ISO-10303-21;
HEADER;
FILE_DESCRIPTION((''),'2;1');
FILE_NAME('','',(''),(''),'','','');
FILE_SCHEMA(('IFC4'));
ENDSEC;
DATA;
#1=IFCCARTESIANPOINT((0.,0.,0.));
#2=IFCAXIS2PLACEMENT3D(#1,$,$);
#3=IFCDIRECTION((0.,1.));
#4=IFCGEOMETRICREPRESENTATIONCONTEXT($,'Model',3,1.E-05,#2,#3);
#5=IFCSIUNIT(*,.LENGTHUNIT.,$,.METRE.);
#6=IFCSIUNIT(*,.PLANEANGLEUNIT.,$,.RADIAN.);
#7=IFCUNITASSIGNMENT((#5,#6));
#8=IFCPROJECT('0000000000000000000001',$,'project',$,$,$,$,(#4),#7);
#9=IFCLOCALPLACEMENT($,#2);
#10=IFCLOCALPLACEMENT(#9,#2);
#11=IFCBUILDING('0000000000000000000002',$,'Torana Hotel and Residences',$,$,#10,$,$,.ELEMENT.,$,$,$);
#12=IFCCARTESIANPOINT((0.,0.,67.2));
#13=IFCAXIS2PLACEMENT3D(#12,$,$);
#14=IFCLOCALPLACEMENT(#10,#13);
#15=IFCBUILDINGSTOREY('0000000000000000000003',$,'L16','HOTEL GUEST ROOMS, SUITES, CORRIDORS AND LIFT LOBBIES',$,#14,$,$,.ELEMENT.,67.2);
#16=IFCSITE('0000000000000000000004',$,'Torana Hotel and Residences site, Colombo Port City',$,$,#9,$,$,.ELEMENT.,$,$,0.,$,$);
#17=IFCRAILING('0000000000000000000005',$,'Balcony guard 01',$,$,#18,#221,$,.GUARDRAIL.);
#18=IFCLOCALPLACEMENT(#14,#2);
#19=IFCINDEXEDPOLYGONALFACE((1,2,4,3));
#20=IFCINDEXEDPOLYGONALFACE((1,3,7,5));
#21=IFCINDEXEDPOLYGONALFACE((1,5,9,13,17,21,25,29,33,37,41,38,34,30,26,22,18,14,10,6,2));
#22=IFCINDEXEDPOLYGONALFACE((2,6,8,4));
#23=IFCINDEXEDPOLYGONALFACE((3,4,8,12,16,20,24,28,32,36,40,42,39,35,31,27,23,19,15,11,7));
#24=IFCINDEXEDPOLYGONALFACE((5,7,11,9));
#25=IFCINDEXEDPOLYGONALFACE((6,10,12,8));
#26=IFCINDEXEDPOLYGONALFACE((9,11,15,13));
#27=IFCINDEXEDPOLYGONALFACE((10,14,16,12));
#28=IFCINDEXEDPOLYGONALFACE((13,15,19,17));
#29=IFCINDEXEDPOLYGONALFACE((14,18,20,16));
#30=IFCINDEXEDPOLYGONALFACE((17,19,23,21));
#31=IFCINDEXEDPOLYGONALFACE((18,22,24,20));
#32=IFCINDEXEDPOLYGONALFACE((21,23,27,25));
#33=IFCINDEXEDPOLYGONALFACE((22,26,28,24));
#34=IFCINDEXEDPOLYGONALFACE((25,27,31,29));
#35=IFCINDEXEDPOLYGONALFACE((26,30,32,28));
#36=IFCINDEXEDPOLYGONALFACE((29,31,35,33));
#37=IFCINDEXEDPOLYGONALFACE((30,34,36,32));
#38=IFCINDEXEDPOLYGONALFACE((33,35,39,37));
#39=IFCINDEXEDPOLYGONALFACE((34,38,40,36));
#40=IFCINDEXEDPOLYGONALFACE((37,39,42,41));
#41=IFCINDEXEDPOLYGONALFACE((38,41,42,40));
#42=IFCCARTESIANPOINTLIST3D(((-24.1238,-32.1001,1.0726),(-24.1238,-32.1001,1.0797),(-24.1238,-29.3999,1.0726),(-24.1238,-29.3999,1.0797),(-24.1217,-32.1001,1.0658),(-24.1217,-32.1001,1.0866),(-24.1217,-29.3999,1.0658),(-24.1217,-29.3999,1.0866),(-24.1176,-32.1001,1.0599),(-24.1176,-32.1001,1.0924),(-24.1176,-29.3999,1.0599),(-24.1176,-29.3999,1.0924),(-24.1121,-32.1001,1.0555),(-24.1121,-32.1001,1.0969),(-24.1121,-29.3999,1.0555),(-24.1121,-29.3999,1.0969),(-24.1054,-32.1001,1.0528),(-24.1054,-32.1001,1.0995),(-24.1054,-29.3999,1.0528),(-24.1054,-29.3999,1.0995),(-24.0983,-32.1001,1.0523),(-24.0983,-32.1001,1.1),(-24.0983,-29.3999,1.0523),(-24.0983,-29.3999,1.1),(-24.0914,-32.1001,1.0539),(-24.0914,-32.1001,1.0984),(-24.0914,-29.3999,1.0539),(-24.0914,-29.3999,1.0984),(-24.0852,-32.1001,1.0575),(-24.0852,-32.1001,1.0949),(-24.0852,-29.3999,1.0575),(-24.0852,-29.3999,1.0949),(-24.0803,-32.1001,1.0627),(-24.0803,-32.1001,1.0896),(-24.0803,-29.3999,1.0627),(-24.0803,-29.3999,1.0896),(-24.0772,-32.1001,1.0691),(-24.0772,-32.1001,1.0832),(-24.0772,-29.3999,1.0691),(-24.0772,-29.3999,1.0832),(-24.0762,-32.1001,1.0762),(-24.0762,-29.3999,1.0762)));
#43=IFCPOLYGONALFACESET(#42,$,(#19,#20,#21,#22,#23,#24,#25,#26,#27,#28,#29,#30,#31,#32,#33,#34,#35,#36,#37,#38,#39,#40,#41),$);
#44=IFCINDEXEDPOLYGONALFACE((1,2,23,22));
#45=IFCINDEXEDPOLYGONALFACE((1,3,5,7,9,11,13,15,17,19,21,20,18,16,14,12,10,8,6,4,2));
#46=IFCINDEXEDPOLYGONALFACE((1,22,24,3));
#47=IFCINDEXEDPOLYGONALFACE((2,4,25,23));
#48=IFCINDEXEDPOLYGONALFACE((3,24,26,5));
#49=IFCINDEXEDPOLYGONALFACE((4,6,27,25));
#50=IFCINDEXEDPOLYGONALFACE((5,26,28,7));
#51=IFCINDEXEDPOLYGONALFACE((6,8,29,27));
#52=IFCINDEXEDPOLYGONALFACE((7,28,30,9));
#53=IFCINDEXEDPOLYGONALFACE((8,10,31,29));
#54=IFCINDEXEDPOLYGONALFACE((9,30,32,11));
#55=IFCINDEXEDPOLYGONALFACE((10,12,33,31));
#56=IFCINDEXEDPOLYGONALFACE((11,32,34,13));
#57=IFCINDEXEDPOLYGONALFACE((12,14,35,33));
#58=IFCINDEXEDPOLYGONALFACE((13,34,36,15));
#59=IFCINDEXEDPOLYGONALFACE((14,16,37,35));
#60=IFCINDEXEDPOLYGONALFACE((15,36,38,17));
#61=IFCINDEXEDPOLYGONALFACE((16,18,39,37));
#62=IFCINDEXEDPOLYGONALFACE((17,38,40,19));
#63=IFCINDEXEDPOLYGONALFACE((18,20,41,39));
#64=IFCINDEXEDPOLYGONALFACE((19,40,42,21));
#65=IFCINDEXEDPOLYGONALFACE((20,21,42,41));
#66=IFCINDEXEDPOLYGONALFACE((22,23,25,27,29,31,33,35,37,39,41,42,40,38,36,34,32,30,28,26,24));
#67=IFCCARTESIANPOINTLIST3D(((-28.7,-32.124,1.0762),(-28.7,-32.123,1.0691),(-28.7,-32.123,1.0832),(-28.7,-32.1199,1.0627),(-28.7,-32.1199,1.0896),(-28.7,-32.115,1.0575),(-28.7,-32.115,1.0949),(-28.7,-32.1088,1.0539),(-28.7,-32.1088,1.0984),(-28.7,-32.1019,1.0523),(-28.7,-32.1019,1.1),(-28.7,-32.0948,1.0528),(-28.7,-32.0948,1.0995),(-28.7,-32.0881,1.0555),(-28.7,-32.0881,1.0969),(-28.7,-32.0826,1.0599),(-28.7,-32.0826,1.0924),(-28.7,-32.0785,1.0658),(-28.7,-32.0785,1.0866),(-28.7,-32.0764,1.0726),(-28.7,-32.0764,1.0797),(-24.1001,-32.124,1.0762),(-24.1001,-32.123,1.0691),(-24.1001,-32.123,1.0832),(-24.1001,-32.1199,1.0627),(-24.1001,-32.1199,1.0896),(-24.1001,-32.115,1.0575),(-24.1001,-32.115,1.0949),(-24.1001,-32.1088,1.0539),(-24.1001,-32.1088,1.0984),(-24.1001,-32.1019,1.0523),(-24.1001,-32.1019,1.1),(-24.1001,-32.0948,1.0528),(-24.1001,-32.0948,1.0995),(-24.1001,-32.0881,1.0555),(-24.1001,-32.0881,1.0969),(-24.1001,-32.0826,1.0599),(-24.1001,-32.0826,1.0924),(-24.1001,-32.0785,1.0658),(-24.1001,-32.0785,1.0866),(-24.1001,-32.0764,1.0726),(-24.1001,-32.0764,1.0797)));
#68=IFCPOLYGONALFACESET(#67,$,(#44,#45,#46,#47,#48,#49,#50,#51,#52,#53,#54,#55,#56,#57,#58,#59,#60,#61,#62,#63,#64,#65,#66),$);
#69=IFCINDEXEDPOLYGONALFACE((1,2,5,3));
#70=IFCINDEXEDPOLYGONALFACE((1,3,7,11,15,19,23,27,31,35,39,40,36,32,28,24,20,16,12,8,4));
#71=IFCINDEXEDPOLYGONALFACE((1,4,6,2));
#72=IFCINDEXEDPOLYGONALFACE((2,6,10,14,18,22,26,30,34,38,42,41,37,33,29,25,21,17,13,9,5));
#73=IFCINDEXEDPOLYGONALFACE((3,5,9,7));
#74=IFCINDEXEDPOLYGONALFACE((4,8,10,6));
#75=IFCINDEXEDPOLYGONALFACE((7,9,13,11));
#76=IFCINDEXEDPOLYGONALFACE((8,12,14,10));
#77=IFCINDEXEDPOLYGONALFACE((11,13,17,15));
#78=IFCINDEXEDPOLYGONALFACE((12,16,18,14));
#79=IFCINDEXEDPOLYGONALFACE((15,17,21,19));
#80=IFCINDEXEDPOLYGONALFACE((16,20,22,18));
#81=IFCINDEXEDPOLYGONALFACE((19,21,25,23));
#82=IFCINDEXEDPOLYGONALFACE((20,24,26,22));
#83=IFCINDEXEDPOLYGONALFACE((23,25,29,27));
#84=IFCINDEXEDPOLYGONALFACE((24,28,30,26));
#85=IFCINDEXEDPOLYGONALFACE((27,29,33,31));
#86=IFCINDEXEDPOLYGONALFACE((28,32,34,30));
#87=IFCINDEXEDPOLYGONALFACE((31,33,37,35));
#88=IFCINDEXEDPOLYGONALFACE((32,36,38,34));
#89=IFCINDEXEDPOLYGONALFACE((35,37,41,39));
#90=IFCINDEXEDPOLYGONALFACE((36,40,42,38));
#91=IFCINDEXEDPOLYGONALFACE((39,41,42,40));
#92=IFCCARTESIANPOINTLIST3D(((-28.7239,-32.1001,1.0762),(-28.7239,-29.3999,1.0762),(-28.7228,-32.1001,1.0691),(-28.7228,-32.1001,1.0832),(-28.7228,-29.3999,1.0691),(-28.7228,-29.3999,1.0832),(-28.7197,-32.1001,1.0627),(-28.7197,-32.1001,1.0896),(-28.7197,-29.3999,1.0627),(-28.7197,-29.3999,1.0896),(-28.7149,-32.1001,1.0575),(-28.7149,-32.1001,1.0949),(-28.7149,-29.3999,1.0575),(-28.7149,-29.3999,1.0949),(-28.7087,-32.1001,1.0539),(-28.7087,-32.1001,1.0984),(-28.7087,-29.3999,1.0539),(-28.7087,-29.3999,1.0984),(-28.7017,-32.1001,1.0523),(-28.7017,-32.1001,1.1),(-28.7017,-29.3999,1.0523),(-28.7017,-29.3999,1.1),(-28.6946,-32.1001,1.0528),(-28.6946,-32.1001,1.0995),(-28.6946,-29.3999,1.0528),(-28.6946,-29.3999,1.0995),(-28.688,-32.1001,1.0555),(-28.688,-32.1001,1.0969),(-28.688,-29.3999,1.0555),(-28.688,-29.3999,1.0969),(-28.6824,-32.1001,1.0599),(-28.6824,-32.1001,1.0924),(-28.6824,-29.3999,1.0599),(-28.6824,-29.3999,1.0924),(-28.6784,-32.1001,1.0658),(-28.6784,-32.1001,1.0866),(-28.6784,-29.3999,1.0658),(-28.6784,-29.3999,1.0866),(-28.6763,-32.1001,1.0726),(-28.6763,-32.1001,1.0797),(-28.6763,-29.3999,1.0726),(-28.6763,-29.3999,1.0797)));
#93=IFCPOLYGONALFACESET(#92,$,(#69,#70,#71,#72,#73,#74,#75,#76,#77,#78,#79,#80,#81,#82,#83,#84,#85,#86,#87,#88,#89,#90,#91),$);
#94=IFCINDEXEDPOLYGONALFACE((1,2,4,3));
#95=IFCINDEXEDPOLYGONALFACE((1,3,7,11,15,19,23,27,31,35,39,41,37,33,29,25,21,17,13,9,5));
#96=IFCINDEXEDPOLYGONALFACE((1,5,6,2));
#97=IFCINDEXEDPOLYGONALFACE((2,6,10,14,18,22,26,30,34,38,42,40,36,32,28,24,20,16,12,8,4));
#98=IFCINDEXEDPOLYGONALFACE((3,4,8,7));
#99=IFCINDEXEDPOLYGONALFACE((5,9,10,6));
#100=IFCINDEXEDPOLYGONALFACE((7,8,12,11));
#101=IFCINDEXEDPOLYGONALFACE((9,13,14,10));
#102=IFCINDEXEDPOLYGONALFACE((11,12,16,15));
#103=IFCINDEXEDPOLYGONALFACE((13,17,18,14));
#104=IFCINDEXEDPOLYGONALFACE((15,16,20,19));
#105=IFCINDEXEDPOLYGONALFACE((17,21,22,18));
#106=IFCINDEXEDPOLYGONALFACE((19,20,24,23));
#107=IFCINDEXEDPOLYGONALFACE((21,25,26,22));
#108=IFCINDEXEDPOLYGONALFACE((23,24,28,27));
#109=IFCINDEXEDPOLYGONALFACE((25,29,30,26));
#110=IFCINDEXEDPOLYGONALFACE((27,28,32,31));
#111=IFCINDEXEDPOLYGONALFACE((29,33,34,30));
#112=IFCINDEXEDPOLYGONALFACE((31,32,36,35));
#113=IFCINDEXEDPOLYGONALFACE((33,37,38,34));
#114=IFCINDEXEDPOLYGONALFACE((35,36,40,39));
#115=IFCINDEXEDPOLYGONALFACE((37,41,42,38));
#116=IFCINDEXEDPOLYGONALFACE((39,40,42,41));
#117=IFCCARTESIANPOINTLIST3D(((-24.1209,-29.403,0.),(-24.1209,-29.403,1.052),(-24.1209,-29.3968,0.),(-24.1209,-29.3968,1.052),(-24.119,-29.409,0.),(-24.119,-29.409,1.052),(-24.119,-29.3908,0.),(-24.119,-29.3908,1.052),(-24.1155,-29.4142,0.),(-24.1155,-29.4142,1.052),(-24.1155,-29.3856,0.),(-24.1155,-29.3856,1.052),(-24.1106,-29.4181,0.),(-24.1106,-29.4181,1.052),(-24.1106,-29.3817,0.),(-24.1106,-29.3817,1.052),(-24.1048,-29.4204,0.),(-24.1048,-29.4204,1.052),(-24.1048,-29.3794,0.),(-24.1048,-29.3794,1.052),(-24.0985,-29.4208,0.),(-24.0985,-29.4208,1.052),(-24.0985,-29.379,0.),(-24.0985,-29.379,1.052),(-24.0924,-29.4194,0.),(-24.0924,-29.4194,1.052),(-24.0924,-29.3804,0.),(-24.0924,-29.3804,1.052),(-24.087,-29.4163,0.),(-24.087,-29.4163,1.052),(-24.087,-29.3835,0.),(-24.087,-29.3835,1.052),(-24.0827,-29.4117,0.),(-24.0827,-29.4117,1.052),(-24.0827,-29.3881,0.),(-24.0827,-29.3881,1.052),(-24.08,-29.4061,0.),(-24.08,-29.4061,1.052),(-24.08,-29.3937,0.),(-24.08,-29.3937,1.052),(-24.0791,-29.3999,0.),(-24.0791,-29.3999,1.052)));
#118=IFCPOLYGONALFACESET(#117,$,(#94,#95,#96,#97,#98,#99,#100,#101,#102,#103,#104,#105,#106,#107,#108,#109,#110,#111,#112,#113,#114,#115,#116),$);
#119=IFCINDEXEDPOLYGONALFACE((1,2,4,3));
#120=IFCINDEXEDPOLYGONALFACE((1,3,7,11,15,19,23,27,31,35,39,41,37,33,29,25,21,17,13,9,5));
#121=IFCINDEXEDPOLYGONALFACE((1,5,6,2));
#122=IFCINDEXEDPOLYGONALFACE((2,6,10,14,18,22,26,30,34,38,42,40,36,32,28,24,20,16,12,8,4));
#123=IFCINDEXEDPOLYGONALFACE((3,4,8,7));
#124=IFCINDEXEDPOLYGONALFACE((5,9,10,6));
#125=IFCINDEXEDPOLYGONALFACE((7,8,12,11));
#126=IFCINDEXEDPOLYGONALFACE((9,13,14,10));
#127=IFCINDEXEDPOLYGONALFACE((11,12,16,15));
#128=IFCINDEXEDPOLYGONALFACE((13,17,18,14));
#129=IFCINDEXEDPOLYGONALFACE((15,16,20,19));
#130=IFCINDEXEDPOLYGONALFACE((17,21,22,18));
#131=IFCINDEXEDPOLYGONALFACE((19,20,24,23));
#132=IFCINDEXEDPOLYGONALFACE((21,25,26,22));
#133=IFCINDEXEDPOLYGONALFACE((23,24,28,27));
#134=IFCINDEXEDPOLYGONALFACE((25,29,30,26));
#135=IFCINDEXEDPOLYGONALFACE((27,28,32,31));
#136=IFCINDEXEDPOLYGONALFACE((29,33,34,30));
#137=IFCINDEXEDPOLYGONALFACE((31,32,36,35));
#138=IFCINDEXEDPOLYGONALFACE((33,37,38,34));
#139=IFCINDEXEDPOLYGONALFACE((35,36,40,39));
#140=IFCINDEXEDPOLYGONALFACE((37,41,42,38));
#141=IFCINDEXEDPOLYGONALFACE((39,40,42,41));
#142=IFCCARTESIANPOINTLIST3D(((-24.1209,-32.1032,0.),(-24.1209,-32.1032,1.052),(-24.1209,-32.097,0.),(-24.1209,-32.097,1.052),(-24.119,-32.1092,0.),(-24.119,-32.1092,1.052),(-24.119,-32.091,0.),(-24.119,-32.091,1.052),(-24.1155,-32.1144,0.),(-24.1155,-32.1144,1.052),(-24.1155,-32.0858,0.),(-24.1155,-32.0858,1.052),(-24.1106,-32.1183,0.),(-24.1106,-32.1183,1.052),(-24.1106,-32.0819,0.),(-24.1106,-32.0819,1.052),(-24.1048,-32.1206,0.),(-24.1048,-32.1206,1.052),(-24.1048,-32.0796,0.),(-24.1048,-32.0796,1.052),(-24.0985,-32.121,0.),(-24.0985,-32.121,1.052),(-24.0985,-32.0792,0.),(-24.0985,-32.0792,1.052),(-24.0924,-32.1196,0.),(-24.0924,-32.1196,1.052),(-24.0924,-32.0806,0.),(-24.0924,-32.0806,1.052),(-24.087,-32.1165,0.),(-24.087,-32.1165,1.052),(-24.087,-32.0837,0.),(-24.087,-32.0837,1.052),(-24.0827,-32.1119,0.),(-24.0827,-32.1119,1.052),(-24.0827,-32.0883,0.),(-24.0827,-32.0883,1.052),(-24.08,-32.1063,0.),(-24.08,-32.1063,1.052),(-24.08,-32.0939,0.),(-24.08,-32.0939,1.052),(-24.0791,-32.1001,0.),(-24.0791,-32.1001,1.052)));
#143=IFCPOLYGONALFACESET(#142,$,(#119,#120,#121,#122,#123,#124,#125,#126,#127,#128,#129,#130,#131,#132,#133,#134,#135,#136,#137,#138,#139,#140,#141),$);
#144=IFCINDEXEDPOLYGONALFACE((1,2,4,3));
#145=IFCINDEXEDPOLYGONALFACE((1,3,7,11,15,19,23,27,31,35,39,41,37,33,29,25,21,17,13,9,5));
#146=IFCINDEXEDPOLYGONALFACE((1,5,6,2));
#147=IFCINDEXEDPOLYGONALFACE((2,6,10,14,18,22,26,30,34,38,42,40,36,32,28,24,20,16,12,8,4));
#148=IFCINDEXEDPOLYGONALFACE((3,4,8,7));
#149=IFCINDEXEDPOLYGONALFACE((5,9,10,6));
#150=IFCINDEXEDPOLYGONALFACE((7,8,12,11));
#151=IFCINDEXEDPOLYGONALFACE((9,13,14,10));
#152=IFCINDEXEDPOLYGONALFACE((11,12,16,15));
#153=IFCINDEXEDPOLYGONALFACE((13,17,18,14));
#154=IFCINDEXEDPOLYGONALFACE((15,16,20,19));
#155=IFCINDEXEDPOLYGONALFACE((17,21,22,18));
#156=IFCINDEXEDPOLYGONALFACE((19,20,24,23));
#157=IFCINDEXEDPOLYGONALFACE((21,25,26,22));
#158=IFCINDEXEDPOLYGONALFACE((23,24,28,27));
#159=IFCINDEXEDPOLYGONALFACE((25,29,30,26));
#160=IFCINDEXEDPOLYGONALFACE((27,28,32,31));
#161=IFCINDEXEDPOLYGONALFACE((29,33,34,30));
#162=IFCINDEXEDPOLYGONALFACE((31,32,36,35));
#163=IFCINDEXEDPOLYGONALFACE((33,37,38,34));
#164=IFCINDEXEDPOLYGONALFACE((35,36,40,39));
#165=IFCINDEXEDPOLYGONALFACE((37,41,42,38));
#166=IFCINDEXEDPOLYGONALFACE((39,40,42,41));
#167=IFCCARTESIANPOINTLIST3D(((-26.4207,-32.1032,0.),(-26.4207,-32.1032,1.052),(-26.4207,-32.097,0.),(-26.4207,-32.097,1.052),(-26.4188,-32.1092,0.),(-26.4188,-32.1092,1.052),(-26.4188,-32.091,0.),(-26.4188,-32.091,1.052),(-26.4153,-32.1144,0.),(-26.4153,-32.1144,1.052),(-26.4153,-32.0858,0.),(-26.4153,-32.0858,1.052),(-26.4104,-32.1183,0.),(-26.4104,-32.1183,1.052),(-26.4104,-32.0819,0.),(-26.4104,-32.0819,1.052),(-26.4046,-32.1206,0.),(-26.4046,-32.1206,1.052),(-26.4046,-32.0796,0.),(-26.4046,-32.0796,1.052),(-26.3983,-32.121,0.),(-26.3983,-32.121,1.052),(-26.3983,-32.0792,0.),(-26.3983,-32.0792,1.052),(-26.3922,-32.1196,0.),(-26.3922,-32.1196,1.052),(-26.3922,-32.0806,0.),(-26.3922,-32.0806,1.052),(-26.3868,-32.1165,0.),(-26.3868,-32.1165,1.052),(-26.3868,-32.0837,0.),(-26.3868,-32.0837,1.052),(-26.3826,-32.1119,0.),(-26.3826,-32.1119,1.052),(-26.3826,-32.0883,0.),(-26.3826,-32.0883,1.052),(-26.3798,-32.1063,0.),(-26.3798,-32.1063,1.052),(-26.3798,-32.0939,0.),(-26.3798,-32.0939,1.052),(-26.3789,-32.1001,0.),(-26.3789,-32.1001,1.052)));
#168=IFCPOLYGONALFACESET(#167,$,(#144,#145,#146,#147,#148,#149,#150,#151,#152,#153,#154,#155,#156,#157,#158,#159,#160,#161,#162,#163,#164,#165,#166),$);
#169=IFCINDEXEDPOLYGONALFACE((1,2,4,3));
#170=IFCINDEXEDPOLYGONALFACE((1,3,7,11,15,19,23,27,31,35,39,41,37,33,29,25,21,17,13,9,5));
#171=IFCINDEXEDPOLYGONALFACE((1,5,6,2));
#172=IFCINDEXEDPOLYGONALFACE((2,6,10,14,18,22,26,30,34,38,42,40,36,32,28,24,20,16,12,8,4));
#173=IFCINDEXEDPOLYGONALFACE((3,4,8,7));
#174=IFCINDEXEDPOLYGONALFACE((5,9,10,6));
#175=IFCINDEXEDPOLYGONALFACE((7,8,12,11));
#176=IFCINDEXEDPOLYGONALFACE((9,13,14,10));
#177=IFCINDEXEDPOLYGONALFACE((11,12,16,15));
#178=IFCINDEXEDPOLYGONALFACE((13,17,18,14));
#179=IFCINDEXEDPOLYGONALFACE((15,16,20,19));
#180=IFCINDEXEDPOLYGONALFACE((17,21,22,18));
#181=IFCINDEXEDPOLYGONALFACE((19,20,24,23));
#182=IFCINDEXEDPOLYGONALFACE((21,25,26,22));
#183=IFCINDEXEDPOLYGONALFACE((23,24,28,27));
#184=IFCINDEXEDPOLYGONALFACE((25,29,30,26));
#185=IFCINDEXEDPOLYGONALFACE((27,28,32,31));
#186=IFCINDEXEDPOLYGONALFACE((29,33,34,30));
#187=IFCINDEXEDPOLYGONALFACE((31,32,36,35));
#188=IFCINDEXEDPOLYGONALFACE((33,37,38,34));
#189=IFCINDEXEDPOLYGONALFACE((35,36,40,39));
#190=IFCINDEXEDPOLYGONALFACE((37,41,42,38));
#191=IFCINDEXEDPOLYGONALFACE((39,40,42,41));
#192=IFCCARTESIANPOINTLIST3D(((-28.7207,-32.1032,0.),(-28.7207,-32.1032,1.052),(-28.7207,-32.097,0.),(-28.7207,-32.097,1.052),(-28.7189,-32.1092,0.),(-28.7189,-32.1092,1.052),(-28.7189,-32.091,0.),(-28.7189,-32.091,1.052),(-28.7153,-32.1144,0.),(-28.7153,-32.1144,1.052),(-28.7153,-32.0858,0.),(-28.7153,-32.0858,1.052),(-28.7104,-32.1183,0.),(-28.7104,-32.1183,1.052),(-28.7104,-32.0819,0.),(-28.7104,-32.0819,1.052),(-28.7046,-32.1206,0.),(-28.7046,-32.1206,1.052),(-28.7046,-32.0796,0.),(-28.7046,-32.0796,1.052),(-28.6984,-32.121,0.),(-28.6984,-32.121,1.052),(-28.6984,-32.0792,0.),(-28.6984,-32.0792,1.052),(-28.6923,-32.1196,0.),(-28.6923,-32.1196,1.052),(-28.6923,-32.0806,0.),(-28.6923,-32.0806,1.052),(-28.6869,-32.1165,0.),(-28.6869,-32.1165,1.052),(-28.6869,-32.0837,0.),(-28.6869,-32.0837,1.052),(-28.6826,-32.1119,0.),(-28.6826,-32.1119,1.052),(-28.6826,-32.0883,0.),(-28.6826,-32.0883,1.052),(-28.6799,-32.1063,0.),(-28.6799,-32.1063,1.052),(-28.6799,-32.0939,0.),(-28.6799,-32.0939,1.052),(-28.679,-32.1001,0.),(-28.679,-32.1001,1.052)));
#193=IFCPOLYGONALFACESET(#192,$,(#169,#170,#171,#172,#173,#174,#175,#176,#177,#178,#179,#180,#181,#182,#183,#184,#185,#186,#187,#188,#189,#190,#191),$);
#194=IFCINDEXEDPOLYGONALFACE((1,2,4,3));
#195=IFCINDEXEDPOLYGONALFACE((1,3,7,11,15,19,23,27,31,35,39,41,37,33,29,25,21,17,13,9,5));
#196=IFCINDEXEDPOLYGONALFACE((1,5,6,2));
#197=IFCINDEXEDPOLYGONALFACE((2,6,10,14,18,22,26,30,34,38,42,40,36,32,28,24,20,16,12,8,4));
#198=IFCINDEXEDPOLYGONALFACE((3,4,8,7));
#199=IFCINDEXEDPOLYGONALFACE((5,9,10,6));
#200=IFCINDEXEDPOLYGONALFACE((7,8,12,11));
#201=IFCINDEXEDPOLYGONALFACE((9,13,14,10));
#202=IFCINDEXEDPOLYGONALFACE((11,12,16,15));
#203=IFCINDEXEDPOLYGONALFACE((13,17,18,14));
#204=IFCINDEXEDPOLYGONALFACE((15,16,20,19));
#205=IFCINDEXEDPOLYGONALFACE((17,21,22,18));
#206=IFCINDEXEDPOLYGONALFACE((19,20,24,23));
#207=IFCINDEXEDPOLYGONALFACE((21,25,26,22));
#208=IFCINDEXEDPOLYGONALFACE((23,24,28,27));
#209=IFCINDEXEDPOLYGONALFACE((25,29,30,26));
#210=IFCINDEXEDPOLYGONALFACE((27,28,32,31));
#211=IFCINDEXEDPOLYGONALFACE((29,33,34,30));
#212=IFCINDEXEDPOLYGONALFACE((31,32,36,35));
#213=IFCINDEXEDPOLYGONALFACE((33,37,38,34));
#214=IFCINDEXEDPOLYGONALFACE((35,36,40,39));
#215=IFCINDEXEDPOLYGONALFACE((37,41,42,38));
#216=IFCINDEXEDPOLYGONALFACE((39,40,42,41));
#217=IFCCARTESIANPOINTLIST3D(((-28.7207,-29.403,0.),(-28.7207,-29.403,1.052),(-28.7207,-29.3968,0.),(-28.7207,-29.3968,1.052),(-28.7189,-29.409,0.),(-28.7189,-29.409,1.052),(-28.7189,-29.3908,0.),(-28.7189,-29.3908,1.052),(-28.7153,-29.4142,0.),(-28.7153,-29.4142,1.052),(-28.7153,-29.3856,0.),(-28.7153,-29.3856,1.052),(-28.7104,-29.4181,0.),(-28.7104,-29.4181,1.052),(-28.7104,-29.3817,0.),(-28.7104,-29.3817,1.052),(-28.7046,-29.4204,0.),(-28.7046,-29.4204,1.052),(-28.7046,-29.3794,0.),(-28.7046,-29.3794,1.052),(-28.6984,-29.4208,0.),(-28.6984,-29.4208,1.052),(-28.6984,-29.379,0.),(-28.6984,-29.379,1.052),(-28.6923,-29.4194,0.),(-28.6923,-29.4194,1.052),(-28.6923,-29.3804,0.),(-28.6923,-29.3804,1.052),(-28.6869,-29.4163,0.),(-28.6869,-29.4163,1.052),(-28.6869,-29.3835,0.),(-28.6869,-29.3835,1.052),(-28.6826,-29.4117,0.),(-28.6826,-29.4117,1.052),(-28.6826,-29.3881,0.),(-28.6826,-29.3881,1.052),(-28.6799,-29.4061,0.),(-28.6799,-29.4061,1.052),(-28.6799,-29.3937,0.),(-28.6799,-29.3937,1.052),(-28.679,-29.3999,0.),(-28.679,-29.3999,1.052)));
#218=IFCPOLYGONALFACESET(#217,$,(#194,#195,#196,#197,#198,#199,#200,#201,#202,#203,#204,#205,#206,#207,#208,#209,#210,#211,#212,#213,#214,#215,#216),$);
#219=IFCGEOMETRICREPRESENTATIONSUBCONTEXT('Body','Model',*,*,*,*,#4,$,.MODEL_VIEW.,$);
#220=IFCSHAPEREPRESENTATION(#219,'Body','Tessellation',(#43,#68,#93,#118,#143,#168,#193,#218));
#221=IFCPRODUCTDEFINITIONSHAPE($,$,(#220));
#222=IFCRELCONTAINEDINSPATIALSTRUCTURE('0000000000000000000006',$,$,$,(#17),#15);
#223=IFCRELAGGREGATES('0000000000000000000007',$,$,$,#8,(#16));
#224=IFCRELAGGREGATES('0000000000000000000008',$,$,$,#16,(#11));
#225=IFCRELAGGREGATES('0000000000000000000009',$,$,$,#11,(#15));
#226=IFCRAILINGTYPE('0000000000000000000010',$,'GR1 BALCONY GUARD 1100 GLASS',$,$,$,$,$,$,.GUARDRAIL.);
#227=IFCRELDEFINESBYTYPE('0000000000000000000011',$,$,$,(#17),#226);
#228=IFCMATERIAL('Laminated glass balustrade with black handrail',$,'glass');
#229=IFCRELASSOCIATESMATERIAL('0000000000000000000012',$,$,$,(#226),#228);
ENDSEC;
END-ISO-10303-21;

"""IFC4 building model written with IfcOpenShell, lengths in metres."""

from ifc_helpers import new_model, si_unit, direction, frame, origin, origin_2d, place, context, subcontext, project, spatial, circle, extrude, material, type_object, element, save


model = new_model("IFC4")

# Units and contexts
model_context = context("Model", 3, precision=1e-05, world=origin(), true_north=direction((0.0, 1.0)))
body_context = subcontext(model_context, "Body", "Model", "MODEL_VIEW")
ifc_project = project(units=[si_unit("LENGTHUNIT", "METRE"), si_unit("PLANEANGLEUNIT", "RADIAN")], contexts=[model_context])

# Site, building, storey
site_placement = place(None, origin())
site = spatial("IfcSite", under=ifc_project, at=site_placement, Name="Torana Hotel and Residences site, Colombo Port City", CompositionType="ELEMENT", RefElevation=0.0)
building_placement = place(site_placement, origin())
building = spatial("IfcBuilding", under=site, at=building_placement, Name="Torana Hotel and Residences", CompositionType="ELEMENT")
storey_placement = place(building_placement, frame((0.0, 0.0, 67.2)))
storey = spatial("IfcBuildingStorey", under=building, at=storey_placement, Name="L16", Description="HOTEL GUEST ROOMS, SUITES, CORRIDORS AND LIFT LOBBIES", CompositionType="ELEMENT", Elevation=67.2)

# Railing
ifc_material_1 = material(Name="Laminated glass balustrade with black handrail", Category="glass")
railing_type = type_object("IfcRailingType", Name="GR1 BALCONY GUARD 1100 GLASS", PredefinedType="GUARDRAIL", material=ifc_material_1)
railing_placement = place(storey_placement, frame((-24.1001, -29.3999, 0.0)))
element("IfcRailing", 1, at=railing_placement, inside=storey, type_object=railing_type, Name="Balcony guard 01", PredefinedType="GUARDRAIL", context=body_context, shape_type="SweptSolid", body=[
    extrude(circle(Radius=0.0239, at=origin_2d()), frame((0.0, 0.0, 1.0762), z_axis=(0.0, -1.0, 0.0), x_axis=(1.0, 0.0, 0.0)), (0.0, 0.0, 1.0), 2.7002),
    extrude(circle(Radius=0.0239, at=origin_2d()), frame((0.0, -2.7002, 1.0762), z_axis=(-1.0, 0.0, 0.0), x_axis=(0.0, -1.0, 0.0)), (0.0, 0.0, 1.0), 4.5999),
    extrude(circle(Radius=0.0239, at=origin_2d()), frame((-4.5999, -2.7002, 1.0762), z_axis=(0.0, 1.0, 0.0), x_axis=(-1.0, 0.0, 0.0)), (0.0, 0.0, 1.0), 2.7002),
    extrude(circle(Radius=0.021, at=origin_2d()), origin(), (0.0, 0.0, 1.0), 1.052),
    extrude(circle(Radius=0.021, at=origin_2d()), frame((0.0, -2.7002, 0.0)), (0.0, 0.0, 1.0), 1.052),
    extrude(circle(Radius=0.021, at=origin_2d()), frame((-2.2998, -2.7002, 0.0)), (0.0, 0.0, 1.0), 1.052),
    extrude(circle(Radius=0.021, at=origin_2d()), frame((-4.5999, -2.7002, 0.0)), (0.0, 0.0, 1.0), 1.052),
    extrude(circle(Radius=0.021, at=origin_2d()), frame((-4.5999, 0.0, 0.0)), (0.0, 0.0, 1.0), 1.052),
])

save(model, "model.ifc")
